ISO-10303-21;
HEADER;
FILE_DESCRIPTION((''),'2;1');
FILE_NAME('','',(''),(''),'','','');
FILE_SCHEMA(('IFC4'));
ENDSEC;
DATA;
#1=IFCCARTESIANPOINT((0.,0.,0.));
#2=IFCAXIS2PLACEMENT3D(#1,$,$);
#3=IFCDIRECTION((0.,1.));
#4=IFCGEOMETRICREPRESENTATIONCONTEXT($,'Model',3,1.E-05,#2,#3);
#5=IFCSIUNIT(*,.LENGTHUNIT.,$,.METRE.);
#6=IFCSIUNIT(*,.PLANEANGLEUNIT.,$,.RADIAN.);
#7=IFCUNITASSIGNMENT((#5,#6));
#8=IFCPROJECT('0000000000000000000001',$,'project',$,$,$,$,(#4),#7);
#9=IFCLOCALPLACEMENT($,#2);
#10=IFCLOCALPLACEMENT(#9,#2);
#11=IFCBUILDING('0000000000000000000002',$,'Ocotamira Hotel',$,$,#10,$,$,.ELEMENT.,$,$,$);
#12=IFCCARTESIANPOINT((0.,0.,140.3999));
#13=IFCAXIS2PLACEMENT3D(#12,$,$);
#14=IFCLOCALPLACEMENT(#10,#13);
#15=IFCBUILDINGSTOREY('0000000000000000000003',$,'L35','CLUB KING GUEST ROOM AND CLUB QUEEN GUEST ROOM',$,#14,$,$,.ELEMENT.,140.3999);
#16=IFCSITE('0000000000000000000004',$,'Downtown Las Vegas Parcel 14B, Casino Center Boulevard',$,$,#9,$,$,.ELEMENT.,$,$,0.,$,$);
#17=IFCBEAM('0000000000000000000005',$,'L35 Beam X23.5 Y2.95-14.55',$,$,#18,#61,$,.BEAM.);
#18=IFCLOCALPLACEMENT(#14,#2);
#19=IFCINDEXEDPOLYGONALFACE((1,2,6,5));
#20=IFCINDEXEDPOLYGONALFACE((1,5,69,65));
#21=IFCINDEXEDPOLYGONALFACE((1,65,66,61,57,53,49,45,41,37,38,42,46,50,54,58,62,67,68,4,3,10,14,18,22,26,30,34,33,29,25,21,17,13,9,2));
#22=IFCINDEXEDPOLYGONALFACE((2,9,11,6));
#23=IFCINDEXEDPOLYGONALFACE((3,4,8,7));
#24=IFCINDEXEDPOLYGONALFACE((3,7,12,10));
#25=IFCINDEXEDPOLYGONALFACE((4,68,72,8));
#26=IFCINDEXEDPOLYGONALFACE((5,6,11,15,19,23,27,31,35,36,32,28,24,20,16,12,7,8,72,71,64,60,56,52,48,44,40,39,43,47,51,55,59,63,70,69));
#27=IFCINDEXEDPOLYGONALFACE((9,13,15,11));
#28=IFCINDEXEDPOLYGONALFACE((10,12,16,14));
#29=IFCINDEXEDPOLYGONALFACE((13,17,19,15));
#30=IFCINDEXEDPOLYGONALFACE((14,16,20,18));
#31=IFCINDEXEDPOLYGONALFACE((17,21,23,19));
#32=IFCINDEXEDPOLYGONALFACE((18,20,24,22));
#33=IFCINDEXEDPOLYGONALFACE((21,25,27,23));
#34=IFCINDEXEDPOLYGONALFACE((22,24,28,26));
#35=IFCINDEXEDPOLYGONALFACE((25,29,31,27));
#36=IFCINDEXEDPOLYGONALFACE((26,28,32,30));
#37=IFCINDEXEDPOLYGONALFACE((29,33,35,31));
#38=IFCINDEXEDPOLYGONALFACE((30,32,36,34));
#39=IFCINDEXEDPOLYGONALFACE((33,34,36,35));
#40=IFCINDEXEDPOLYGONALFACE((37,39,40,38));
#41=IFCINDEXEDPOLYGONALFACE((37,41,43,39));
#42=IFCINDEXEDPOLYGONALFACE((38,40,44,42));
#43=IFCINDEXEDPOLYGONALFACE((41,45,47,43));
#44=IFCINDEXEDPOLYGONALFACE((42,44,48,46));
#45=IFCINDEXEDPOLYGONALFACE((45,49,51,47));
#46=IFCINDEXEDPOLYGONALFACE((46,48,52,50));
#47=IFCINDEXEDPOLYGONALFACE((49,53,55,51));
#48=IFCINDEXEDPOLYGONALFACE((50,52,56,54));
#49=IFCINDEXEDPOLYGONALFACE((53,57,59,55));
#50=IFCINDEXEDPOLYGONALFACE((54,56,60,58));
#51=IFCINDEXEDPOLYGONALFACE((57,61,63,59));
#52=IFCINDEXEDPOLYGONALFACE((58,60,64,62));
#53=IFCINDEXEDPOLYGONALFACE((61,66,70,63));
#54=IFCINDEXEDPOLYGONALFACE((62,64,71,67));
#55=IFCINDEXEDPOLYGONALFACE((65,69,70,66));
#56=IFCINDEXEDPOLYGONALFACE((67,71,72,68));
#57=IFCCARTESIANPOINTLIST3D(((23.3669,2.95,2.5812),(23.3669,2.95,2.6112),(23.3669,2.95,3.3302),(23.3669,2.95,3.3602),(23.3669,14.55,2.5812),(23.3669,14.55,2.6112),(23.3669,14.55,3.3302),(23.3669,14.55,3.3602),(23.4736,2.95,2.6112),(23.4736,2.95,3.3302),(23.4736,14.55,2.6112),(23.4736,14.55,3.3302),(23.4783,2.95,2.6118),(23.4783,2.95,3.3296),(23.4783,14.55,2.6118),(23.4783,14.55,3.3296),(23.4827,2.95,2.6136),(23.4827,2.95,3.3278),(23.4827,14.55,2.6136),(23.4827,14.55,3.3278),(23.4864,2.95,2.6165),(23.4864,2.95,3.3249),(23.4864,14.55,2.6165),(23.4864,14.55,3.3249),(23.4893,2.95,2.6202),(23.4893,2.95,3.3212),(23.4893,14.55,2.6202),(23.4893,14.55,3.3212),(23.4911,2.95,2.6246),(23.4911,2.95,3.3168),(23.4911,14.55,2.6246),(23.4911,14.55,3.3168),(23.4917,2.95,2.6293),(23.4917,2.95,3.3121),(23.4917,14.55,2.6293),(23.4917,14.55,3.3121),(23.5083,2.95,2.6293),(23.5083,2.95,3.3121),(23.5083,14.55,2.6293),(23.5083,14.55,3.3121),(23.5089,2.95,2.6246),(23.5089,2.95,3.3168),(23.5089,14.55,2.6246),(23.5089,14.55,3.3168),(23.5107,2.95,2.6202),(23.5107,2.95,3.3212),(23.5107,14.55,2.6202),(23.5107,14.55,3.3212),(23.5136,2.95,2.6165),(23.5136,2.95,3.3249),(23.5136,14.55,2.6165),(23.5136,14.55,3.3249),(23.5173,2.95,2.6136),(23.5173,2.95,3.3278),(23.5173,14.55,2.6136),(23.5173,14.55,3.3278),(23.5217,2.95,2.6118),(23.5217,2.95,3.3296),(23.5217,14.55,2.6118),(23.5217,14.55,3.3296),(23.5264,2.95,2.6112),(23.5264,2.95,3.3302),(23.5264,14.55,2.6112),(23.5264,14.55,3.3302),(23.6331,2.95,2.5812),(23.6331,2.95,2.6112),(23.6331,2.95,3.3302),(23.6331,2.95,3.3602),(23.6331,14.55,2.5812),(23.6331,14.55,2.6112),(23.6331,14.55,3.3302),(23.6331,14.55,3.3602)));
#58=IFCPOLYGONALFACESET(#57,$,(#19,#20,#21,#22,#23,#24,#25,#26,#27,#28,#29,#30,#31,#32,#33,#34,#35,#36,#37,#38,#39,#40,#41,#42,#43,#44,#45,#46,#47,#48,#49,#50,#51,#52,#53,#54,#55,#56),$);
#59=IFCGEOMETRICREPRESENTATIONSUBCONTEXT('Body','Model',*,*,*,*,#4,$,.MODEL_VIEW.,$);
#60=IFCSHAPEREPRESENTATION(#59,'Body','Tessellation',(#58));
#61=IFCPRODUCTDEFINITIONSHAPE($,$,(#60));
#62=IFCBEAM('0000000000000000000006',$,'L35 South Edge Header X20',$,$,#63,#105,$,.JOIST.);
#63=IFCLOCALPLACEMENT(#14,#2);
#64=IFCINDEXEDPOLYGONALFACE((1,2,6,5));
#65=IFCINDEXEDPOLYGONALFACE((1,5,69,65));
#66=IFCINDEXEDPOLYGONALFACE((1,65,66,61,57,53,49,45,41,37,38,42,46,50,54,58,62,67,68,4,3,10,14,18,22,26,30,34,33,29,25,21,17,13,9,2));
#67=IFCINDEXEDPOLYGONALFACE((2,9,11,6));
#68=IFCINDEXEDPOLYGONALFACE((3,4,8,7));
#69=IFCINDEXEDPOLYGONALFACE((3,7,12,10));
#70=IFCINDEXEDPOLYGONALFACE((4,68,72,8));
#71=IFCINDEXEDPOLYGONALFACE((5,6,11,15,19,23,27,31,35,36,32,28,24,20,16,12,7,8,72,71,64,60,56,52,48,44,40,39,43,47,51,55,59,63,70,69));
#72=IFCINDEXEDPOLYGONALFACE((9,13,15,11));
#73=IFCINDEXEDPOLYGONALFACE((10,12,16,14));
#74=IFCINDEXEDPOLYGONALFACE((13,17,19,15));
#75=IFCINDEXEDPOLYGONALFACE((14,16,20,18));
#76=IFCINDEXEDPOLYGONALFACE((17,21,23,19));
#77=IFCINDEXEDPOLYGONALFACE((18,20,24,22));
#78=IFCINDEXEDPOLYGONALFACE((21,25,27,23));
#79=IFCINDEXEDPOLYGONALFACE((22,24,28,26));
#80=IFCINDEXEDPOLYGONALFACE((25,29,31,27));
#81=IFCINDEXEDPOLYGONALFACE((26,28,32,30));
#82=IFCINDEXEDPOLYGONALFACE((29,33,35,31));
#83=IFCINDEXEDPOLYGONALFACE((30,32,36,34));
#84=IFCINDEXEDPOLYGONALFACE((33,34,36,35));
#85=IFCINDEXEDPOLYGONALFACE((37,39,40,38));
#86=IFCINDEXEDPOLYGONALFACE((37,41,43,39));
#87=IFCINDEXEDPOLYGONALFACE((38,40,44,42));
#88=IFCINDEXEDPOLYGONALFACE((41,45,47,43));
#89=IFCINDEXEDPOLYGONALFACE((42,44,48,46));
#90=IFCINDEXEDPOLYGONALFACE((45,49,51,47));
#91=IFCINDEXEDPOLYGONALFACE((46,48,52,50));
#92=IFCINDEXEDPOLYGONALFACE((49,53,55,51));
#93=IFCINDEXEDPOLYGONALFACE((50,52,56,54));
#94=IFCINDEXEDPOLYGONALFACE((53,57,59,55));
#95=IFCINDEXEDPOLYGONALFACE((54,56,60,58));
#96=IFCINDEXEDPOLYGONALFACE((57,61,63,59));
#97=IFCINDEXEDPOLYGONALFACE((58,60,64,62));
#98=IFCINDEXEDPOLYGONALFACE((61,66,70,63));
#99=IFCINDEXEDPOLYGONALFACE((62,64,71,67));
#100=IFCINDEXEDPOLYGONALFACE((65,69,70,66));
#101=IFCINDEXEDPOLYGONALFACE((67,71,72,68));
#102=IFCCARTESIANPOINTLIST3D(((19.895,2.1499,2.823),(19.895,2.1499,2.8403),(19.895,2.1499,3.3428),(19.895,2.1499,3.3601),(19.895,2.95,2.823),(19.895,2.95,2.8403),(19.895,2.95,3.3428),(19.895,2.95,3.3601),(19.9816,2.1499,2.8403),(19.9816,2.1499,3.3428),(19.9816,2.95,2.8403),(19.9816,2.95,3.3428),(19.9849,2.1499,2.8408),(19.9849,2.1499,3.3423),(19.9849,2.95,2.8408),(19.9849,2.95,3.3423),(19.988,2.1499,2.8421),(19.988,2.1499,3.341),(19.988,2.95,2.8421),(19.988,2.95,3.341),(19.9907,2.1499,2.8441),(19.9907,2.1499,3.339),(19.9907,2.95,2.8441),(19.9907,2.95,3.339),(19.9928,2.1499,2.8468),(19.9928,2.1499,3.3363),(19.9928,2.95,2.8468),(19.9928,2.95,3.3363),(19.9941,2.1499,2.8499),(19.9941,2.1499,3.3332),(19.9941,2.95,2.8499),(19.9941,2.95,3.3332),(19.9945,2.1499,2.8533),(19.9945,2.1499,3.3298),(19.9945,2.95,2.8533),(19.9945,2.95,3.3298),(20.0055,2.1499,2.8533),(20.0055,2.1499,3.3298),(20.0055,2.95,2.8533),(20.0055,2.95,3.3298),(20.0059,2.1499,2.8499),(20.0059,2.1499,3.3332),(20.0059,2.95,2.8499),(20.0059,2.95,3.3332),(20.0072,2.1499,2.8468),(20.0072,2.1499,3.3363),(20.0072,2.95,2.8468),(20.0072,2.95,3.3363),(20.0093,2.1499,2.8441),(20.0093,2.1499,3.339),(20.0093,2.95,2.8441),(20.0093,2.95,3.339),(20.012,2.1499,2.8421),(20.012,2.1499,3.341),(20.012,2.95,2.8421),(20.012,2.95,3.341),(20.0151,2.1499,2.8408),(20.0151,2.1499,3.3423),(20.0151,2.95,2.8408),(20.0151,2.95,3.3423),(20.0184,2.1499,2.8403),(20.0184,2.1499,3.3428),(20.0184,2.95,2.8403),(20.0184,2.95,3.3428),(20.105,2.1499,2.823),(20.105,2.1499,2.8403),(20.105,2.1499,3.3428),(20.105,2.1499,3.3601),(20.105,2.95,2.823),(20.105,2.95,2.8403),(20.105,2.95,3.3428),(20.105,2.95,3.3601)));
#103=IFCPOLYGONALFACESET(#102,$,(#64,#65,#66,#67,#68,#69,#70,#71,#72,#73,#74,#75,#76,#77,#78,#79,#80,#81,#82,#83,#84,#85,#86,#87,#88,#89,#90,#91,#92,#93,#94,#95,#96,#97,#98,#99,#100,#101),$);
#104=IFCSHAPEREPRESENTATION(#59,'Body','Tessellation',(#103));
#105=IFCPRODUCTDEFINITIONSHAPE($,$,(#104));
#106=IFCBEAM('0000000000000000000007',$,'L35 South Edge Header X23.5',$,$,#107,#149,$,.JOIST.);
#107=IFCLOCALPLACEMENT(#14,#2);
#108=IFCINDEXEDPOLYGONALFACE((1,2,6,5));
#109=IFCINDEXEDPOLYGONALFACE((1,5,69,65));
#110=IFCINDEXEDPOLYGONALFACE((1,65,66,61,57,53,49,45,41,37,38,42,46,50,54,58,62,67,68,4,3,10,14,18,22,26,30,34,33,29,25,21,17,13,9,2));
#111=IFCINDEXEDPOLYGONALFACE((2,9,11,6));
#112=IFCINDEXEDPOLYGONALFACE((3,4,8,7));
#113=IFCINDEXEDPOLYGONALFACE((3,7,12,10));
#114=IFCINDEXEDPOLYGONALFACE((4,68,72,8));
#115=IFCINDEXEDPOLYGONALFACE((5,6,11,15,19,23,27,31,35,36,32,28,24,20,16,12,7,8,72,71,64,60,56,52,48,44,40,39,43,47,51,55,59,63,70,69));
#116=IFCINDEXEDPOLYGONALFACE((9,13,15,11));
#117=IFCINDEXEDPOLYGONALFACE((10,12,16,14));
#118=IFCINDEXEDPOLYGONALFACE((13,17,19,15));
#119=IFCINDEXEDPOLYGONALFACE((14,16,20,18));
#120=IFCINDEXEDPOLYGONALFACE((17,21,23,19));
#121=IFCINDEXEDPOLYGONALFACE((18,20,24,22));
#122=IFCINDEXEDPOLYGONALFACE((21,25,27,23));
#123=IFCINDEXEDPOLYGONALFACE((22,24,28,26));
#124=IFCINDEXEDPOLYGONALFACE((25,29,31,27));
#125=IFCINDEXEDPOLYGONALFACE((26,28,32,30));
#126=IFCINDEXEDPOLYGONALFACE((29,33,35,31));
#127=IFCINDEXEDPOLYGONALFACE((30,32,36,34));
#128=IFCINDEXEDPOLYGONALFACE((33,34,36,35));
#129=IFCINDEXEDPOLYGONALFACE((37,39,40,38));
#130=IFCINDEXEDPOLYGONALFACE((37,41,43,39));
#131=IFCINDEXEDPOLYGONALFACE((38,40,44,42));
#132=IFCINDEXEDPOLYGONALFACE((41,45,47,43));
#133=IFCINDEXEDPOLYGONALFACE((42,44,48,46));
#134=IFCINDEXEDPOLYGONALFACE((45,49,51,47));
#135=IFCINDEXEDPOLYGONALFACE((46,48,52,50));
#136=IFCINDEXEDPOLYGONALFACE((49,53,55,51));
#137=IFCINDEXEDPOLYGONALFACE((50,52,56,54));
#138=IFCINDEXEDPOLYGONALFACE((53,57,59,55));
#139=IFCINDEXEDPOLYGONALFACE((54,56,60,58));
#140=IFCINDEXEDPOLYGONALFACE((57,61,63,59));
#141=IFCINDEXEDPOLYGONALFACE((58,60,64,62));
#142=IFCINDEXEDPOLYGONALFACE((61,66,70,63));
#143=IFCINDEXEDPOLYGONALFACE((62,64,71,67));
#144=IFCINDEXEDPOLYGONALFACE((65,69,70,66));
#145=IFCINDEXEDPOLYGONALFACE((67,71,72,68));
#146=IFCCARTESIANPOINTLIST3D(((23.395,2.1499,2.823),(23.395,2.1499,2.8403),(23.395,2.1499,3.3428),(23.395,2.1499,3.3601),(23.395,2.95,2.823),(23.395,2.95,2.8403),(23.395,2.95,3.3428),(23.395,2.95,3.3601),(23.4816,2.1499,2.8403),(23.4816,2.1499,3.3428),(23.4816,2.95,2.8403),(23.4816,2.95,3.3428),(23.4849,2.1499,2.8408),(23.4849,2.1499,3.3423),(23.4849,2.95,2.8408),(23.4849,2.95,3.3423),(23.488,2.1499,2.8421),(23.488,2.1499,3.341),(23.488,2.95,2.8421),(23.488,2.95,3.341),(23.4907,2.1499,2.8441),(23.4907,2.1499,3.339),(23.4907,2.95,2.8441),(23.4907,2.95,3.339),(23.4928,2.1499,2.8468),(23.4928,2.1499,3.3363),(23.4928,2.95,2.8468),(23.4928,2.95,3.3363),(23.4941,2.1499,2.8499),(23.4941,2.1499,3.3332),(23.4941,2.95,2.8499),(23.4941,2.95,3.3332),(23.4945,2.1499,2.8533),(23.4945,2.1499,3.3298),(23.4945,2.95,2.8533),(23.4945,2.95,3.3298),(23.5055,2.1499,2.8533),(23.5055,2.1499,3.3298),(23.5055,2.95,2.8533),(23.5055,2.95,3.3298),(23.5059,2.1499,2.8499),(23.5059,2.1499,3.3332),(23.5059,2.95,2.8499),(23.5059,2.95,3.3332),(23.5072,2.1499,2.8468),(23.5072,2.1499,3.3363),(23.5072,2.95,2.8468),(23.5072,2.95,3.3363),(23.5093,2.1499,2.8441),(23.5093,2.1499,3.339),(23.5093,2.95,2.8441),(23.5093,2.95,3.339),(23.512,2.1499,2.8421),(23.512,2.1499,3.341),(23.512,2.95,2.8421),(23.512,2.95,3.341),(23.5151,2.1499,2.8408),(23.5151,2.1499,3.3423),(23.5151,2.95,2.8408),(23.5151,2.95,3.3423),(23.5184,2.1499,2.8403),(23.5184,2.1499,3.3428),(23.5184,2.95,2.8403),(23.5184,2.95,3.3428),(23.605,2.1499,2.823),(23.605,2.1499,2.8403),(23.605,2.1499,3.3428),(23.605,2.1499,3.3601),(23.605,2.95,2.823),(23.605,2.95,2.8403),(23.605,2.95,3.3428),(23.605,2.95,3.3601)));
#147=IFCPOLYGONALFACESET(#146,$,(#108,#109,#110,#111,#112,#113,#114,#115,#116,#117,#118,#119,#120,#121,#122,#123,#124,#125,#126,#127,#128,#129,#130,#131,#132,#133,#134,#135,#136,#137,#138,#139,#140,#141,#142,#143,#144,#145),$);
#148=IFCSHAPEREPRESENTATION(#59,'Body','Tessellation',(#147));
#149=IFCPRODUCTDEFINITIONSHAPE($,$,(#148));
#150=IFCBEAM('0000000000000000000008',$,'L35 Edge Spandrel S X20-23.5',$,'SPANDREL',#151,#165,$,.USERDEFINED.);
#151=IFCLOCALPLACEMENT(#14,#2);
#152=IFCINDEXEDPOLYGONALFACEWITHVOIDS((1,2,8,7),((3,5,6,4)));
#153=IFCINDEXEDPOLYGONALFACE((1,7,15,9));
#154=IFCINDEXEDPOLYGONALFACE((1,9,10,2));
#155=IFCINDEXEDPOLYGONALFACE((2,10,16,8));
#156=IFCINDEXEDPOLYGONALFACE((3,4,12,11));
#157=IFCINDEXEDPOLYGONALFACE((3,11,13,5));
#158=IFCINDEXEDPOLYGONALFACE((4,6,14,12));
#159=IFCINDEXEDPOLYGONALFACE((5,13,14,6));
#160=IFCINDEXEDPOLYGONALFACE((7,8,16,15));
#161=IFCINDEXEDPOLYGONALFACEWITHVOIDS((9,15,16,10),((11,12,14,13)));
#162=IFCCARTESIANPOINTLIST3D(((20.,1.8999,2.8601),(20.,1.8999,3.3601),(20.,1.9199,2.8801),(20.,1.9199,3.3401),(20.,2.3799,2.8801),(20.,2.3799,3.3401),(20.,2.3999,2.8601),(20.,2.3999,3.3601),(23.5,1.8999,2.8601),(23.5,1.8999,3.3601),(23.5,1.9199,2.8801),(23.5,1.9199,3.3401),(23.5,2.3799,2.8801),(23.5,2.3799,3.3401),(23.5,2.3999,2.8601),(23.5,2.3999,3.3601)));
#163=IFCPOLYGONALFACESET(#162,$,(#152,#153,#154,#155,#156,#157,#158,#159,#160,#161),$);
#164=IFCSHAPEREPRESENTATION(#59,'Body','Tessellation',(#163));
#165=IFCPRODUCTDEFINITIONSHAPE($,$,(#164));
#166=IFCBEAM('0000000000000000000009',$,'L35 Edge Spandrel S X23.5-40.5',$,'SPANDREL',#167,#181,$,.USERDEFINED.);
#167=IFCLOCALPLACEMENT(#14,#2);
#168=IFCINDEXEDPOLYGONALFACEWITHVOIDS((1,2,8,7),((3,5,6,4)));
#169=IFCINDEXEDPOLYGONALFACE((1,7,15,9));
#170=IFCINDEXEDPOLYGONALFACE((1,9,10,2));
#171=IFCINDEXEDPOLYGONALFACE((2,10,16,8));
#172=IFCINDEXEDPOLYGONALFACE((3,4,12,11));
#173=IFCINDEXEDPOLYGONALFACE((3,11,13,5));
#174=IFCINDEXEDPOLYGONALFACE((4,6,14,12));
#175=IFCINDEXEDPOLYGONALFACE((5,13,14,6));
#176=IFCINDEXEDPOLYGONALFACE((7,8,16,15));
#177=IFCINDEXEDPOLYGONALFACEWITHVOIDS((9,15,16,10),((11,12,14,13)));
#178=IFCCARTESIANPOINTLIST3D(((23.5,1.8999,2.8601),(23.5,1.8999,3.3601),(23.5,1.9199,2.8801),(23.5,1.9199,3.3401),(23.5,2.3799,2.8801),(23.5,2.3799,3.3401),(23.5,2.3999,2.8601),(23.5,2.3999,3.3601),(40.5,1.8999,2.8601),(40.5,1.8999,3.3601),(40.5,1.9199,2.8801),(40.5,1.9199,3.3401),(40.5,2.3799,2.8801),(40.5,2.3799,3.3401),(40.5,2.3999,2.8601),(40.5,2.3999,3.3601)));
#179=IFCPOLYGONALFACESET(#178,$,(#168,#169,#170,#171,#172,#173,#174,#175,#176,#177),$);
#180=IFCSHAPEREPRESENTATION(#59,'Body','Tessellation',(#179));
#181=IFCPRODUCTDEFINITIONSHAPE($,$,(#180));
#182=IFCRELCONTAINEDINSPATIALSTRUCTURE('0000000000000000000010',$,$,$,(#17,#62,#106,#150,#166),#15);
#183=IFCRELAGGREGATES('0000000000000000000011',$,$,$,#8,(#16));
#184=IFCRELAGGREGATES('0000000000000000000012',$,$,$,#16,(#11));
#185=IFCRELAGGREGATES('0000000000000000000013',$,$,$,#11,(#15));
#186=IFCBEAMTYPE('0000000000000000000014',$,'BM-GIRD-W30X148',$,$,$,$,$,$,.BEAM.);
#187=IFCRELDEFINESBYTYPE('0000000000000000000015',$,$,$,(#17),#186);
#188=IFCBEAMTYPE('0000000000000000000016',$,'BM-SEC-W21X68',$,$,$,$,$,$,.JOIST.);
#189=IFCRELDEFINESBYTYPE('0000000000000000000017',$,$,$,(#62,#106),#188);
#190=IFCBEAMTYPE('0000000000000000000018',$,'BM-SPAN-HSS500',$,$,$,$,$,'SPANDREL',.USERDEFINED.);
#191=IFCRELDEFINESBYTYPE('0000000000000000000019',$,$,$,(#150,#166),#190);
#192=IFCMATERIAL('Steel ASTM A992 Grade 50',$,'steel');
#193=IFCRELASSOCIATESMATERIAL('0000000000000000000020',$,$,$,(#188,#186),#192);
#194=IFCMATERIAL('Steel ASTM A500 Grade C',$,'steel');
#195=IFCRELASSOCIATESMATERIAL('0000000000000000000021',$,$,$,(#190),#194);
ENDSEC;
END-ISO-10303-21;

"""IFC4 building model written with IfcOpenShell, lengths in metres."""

from ifc_helpers import new_model, si_unit, direction, frame, origin, origin_2d, place, context, subcontext, project, spatial, hollow_rectangle, i_section, extrude, source, transform, mapped, material, material_profile, profile_set, type_object, element, save


model = new_model("IFC4")

# Units and contexts
model_context = context("Model", 3, precision=1e-05, world=origin(), true_north=direction((0.0, 1.0)))
body_context = subcontext(model_context, "Body", "Model", "MODEL_VIEW")
ifc_project = project(units=[si_unit("LENGTHUNIT", "METRE"), si_unit("PLANEANGLEUNIT", "RADIAN")], contexts=[model_context])

# Site, building, storey
site_placement = place(None, origin())
site = spatial("IfcSite", under=ifc_project, at=site_placement, Name="Downtown Las Vegas Parcel 14B, Casino Center Boulevard", CompositionType="ELEMENT", RefElevation=0.0)
building_placement = place(site_placement, origin())
building = spatial("IfcBuilding", under=site, at=building_placement, Name="Ocotamira Hotel", CompositionType="ELEMENT")
storey_placement = place(building_placement, frame((0.0, 0.0, 140.3999)))
storey = spatial("IfcBuildingStorey", under=building, at=storey_placement, Name="L35", Description="CLUB KING GUEST ROOM AND CLUB QUEEN GUEST ROOM", CompositionType="ELEMENT", Elevation=140.3999)

# Beams
ifc_material_1 = material(Name="Steel ASTM A992 Grade 50", Category="steel")
ifc_material_profile_1 = material_profile(ifc_material_1, i_section(OverallWidth=0.21, OverallDepth=0.5371, WebThickness=0.011, FlangeThickness=0.0173, FilletRadius=0.0129, at=origin_2d()), Name="W21X68")
ifc_profile_set_1 = profile_set([ifc_material_profile_1], Name="Steel ASTM A992 Grade 50")
beam_type_1 = type_object("IfcBeamType", Name="BM-SEC-W21X68", PredefinedType="JOIST", material=ifc_profile_set_1)
ifc_material_profile_2 = material_profile(ifc_material_1, i_section(OverallWidth=0.2661, OverallDepth=0.7791, WebThickness=0.0166, FlangeThickness=0.03, FilletRadius=0.0181, at=origin_2d()), Name="W30X148")
ifc_profile_set_2 = profile_set([ifc_material_profile_2], Name="Steel ASTM A992 Grade 50")
beam_type_2 = type_object("IfcBeamType", Name="BM-GIRD-W30X148", PredefinedType="BEAM", material=ifc_profile_set_2)
shared_shape_1 = source(origin(), body_context, "Body", "SweptSolid", [
    extrude(i_section(OverallWidth=0.2661, OverallDepth=0.7791, WebThickness=0.0166, FlangeThickness=0.03, FilletRadius=0.0181, at=origin_2d()), origin(), (0.0, 0.0, 1.0), 11.6001),
])
beam_1_placement = place(storey_placement, frame((23.5, 2.95, 2.9707), z_axis=(0.0, 1.0, 0.0), x_axis=(-1.0, 0.0, 0.0)))
element("IfcBeam", 1, at=beam_1_placement, inside=storey, type_object=beam_type_2, Name="L35 Beam X23.5 Y2.95-14.55", PredefinedType="BEAM", context=body_context, shape_type="MappedRepresentation", body=[
    mapped(shared_shape_1, transform((0.0, 0.0, 0.0), scale=1.0)),
])
shared_shape_2 = source(origin(), body_context, "Body", "SweptSolid", [
    extrude(i_section(OverallWidth=0.21, OverallDepth=0.5371, WebThickness=0.011, FlangeThickness=0.0173, FilletRadius=0.0129, at=origin_2d()), origin(), (0.0, 0.0, 1.0), 0.8),
])
for number, where, z_axis, x_axis, name in (
    (2, (20.0, 2.95, 3.0916), (0.0, -1.0, 0.0), (1.0, 0.0, 0.0), "L35 South Edge Header X20"),
    (3, (23.5, 2.95, 3.0916), (0.0, -1.0, 0.0), (1.0, 0.0, 0.0), "L35 South Edge Header X23.5"),
):
    element("IfcBeam", number, at=place(storey_placement, frame(where, z_axis=z_axis, x_axis=x_axis)), inside=storey, type_object=beam_type_1, Name=name, PredefinedType="JOIST", context=body_context, shape_type="MappedRepresentation", body=[
        mapped(shared_shape_2, transform((0.0, 0.0, 0.0), scale=1.0)),
    ])
ifc_material_2 = material(Name="Steel ASTM A500 Grade C", Category="steel")
ifc_material_profile_3 = material_profile(ifc_material_2, hollow_rectangle(XDim=0.5, YDim=0.5, WallThickness=0.02, at=origin_2d()), Name="HSS500X500X20")
ifc_profile_set_3 = profile_set([ifc_material_profile_3], Name="Steel ASTM A500 Grade C")
beam_type_3 = type_object("IfcBeamType", Name="BM-SPAN-HSS500", ElementType="SPANDREL", PredefinedType="USERDEFINED", material=ifc_profile_set_3)
shared_shape_3 = source(origin(), body_context, "Body", "SweptSolid", [
    extrude(hollow_rectangle(XDim=0.5, YDim=0.5, WallThickness=0.02, at=origin_2d()), origin(), (0.0, 0.0, 1.0), 3.5),
])
beam_2_placement = place(storey_placement, frame((20.0, 2.1499, 3.1101), z_axis=(1.0, 0.0, 0.0), x_axis=(0.0, 1.0, 0.0)))
element("IfcBeam", 4, at=beam_2_placement, inside=storey, type_object=beam_type_3, Name="L35 Edge Spandrel S X20-23.5", ObjectType="SPANDREL", PredefinedType="USERDEFINED", context=body_context, shape_type="MappedRepresentation", body=[
    mapped(shared_shape_3, transform((0.0, 0.0, 0.0), scale=1.0)),
])
shared_shape_4 = source(origin(), body_context, "Body", "SweptSolid", [
    extrude(hollow_rectangle(XDim=0.5, YDim=0.5, WallThickness=0.02, at=origin_2d()), origin(), (0.0, 0.0, 1.0), 17.0),
])
beam_3_placement = place(storey_placement, frame((23.5, 2.1499, 3.1101), z_axis=(1.0, 0.0, 0.0), x_axis=(0.0, 1.0, 0.0)))
element("IfcBeam", 5, at=beam_3_placement, inside=storey, type_object=beam_type_3, Name="L35 Edge Spandrel S X23.5-40.5", ObjectType="SPANDREL", PredefinedType="USERDEFINED", context=body_context, shape_type="MappedRepresentation", body=[
    mapped(shared_shape_4, transform((0.0, 0.0, 0.0), scale=1.0)),
])

save(model, "model.ifc")
